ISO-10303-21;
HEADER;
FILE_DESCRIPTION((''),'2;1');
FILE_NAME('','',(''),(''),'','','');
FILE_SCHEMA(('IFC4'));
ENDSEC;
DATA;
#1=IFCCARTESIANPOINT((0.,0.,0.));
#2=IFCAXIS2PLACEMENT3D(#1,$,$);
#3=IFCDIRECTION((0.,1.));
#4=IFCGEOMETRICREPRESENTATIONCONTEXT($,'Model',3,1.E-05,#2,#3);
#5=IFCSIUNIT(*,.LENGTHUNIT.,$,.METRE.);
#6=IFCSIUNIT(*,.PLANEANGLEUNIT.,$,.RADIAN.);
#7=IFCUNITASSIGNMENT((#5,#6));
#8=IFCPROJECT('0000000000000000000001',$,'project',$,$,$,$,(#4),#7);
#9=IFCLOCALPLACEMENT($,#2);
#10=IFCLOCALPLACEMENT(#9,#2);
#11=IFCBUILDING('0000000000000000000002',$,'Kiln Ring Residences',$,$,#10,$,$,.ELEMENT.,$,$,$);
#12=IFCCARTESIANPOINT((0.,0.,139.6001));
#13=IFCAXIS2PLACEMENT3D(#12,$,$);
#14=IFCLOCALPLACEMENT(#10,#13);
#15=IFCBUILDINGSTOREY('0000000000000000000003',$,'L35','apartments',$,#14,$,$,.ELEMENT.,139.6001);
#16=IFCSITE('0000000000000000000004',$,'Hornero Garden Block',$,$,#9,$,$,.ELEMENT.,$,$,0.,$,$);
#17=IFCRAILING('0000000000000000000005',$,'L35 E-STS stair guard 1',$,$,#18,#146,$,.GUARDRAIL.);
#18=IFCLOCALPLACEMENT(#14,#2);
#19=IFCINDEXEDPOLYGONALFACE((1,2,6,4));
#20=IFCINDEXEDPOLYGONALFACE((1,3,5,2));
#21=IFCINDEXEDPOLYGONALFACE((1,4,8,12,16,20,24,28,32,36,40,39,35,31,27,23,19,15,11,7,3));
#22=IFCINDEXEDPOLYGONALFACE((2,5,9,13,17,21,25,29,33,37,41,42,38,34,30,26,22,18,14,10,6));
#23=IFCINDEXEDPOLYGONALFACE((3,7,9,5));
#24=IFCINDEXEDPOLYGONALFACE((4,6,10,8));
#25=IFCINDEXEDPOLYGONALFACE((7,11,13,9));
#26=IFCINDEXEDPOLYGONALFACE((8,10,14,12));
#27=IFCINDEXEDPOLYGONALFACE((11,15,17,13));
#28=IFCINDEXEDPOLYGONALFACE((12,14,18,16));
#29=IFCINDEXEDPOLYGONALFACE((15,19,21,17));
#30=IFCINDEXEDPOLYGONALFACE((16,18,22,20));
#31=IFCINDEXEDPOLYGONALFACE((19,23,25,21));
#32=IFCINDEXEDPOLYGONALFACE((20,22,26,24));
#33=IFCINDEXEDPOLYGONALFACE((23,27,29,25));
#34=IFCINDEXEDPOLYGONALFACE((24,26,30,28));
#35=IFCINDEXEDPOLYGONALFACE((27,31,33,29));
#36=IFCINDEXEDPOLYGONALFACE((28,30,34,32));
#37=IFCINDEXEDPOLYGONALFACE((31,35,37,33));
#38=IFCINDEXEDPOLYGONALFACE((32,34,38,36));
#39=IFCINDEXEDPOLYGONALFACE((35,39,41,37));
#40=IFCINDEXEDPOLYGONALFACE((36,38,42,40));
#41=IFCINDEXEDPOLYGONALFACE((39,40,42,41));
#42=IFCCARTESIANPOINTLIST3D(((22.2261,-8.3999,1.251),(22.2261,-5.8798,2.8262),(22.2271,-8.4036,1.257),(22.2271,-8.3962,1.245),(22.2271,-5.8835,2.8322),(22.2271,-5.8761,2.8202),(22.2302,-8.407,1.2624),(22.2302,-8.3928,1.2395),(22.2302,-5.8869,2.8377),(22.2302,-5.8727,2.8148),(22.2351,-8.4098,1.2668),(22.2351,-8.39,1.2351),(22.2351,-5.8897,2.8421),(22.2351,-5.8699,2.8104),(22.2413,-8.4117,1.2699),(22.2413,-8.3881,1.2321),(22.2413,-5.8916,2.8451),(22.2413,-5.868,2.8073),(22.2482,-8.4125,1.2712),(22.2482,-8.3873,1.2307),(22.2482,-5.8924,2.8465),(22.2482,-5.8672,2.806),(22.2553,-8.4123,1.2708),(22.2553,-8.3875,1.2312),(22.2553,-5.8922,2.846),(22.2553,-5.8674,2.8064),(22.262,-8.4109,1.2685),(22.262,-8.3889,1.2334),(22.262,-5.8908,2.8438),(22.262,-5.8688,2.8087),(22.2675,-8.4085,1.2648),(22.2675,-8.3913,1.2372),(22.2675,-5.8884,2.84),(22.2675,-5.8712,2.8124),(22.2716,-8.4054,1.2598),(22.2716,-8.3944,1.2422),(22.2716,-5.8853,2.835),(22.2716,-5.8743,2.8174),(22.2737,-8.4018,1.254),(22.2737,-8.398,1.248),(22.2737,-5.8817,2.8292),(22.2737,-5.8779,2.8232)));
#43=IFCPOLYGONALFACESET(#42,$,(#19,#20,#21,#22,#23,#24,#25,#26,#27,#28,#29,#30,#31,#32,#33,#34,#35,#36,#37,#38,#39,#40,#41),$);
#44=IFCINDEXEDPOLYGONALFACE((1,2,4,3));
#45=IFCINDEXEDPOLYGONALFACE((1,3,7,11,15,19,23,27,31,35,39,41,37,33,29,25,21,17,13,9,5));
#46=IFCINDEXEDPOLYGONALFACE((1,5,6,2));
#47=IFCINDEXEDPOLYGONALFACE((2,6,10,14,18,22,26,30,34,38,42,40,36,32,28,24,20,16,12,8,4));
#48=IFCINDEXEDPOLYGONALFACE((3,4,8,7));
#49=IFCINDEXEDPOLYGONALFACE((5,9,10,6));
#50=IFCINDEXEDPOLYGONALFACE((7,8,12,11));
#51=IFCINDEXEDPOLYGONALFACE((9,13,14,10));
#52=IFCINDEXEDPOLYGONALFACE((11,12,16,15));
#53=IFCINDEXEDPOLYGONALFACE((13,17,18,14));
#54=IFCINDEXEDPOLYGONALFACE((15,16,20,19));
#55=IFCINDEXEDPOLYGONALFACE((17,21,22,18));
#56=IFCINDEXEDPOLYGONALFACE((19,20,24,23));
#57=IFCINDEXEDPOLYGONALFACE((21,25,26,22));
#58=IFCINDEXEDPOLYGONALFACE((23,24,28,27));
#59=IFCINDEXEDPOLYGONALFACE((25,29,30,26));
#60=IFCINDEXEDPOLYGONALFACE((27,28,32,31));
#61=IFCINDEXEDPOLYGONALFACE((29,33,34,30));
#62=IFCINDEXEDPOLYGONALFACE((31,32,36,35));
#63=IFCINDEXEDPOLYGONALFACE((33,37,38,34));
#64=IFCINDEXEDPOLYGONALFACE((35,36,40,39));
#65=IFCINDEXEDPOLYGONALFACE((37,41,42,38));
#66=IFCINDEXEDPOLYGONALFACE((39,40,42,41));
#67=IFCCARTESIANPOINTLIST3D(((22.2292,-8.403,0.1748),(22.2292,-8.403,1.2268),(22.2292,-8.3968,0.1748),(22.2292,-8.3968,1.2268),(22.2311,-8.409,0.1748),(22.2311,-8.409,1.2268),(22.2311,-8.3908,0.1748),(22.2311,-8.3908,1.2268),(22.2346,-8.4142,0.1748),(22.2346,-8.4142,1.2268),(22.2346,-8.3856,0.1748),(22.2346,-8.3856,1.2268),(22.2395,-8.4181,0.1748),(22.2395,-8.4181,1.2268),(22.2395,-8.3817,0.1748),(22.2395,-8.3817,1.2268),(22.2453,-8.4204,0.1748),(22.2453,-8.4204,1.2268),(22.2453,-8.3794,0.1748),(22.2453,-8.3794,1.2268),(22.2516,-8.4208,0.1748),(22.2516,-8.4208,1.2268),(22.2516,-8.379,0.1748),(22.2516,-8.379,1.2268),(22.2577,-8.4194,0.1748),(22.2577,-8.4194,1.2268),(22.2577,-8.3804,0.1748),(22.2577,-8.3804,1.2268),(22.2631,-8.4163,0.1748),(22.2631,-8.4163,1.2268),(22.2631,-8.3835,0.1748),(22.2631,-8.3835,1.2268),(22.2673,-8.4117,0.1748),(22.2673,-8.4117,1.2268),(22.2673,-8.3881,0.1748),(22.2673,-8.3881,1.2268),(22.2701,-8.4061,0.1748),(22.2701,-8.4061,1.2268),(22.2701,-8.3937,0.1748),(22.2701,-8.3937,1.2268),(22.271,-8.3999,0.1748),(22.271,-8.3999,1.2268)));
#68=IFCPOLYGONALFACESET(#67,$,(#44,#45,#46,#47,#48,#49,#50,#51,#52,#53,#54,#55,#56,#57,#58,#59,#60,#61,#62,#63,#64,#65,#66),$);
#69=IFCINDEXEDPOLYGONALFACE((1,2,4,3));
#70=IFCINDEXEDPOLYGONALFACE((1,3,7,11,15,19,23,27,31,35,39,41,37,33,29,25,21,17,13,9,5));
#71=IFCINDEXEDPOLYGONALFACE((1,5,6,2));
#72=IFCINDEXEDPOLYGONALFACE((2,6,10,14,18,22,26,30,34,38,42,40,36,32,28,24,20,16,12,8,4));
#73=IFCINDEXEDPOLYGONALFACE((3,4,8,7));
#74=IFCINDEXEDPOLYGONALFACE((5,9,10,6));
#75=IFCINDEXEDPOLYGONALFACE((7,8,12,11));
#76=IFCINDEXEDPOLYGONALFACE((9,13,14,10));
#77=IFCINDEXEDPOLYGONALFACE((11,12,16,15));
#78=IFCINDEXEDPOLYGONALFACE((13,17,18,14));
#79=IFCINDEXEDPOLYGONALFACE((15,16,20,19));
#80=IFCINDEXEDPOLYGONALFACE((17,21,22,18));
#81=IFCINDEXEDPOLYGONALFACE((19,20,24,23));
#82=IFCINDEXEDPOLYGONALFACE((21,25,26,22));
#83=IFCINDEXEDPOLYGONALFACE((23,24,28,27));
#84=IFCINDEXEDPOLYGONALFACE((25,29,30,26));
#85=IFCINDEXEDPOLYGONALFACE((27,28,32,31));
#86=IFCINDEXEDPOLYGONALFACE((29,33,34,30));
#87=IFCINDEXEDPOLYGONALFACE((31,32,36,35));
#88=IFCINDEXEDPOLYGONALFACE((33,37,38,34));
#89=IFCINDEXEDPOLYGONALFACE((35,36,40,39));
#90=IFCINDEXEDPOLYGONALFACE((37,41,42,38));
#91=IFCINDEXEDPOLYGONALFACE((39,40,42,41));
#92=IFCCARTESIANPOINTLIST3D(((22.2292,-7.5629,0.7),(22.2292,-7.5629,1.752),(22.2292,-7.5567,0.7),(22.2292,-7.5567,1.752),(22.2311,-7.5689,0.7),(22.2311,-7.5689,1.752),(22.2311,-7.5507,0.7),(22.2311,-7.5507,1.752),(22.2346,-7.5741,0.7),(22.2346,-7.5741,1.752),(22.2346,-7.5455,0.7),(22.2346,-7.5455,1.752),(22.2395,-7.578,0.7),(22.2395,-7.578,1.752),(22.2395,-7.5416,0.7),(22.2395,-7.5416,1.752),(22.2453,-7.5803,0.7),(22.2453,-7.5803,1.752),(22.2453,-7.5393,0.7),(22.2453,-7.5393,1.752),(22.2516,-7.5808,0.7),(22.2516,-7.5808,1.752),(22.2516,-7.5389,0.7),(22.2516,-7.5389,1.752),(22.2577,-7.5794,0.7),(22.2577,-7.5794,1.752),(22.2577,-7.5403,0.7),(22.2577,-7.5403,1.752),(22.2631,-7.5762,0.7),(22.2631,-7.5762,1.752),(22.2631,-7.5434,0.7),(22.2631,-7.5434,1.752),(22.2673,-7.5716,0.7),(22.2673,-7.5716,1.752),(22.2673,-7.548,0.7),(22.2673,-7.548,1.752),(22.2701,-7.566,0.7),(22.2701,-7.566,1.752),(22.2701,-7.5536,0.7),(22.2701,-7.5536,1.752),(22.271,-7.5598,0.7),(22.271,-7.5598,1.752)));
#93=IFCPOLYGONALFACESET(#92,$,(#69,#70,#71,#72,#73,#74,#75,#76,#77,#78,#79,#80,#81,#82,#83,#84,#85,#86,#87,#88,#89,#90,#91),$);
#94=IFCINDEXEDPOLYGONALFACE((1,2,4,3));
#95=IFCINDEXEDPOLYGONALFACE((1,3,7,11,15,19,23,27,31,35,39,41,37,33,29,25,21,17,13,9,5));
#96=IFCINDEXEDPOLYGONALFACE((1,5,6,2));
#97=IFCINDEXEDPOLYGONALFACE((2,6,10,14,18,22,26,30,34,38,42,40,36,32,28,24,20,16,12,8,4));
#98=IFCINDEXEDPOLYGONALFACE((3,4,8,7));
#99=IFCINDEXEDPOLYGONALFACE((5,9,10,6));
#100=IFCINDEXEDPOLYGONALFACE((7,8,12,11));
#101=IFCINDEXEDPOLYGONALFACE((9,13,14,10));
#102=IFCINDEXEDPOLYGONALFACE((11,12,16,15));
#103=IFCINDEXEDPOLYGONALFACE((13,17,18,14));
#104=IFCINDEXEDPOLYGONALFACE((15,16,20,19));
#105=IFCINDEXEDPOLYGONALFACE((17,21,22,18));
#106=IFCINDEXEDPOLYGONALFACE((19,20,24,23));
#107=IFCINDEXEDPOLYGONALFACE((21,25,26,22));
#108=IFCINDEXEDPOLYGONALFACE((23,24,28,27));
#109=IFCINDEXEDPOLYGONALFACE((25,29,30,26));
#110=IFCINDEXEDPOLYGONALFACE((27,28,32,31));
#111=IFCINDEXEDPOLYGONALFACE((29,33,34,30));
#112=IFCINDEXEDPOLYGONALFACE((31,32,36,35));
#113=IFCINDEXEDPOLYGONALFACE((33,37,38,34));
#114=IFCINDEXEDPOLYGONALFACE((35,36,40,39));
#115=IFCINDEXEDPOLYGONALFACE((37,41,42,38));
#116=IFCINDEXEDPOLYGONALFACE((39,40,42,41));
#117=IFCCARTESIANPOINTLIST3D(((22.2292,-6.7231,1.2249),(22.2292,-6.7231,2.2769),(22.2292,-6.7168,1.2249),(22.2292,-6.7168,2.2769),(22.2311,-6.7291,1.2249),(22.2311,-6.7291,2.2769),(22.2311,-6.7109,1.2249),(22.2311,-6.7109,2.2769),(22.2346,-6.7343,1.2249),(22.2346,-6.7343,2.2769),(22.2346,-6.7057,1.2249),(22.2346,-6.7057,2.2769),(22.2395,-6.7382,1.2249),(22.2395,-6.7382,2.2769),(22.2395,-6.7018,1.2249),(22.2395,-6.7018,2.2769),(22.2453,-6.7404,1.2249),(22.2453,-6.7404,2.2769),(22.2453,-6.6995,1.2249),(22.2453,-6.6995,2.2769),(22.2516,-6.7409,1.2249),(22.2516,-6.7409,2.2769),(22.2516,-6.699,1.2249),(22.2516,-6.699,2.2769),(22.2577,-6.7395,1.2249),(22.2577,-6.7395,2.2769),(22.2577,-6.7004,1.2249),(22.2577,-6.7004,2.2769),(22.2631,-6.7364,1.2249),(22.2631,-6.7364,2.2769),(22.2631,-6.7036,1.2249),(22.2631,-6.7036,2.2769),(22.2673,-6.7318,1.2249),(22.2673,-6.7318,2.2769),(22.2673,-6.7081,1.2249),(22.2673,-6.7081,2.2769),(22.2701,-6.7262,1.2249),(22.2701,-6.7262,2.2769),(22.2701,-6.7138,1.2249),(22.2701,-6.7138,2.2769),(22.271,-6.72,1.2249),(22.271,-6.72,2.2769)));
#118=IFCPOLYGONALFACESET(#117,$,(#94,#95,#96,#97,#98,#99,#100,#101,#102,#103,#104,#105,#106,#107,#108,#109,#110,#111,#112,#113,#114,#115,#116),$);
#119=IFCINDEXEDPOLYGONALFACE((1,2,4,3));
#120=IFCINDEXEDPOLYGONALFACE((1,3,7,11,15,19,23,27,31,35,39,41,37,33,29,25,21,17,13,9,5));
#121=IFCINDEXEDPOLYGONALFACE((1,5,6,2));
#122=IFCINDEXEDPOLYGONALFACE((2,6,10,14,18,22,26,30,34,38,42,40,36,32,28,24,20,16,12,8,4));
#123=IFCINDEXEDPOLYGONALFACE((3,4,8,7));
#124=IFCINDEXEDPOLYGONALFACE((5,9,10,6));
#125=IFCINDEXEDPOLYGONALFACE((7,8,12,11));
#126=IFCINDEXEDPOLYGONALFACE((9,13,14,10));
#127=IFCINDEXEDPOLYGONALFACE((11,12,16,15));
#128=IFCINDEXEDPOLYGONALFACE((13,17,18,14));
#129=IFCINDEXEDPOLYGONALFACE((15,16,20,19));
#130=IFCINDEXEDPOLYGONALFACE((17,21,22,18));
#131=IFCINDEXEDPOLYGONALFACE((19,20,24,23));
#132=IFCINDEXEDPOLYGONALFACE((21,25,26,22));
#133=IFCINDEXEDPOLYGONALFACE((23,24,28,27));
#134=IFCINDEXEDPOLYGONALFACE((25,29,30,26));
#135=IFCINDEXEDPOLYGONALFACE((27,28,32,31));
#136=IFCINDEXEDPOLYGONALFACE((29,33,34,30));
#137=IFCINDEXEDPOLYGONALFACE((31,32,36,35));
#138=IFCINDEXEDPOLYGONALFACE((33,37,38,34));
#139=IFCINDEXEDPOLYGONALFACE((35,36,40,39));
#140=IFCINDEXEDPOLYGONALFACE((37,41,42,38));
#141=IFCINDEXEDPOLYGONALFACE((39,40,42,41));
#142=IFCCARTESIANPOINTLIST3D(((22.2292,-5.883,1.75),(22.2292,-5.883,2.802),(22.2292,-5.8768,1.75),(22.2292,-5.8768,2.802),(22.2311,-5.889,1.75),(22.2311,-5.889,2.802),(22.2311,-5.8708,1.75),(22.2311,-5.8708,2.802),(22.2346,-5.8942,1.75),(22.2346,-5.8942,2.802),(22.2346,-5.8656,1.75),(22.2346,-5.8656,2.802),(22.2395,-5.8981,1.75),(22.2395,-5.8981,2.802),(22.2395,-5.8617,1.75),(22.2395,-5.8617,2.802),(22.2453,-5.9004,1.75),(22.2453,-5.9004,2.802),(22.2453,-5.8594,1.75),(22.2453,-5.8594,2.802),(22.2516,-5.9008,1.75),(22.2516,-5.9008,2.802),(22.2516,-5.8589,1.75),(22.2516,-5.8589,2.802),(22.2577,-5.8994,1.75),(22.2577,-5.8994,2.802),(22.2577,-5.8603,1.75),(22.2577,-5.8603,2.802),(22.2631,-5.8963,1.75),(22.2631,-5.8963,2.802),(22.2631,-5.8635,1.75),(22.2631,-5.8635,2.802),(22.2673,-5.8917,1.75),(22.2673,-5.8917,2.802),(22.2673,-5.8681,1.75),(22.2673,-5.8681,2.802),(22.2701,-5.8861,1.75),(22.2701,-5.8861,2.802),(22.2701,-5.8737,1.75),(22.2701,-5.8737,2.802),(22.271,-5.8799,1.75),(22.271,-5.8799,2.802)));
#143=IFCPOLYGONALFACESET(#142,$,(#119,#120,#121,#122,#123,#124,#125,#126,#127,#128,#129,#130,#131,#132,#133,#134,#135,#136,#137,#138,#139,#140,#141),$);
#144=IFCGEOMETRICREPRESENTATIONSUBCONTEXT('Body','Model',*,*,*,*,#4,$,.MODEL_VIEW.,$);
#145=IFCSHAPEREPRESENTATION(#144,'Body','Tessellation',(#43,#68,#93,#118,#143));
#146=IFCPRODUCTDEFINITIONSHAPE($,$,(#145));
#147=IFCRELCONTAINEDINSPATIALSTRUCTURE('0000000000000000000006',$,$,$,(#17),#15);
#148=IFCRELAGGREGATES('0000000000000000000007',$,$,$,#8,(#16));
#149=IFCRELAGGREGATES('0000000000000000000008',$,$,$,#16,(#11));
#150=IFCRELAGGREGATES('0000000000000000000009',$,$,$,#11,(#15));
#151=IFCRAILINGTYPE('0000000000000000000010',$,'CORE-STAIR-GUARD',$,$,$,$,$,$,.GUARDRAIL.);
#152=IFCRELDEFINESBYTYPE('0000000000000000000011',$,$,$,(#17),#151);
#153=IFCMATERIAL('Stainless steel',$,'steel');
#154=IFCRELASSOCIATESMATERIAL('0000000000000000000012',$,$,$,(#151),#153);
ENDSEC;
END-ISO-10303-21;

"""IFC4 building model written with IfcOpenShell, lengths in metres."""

from ifc_helpers import new_model, si_unit, direction, frame, origin, origin_2d, place, context, subcontext, project, spatial, circle, extrude, material, type_object, element, save


model = new_model("IFC4")

# Units and contexts
model_context = context("Model", 3, precision=1e-05, world=origin(), true_north=direction((0.0, 1.0)))
body_context = subcontext(model_context, "Body", "Model", "MODEL_VIEW")
ifc_project = project(units=[si_unit("LENGTHUNIT", "METRE"), si_unit("PLANEANGLEUNIT", "RADIAN")], contexts=[model_context])

# Site, building, storey
site_placement = place(None, origin())
site = spatial("IfcSite", under=ifc_project, at=site_placement, Name="Hornero Garden Block", CompositionType="ELEMENT", RefElevation=0.0)
building_placement = place(site_placement, origin())
building = spatial("IfcBuilding", under=site, at=building_placement, Name="Kiln Ring Residences", CompositionType="ELEMENT")
storey_placement = place(building_placement, frame((0.0, 0.0, 139.6001)))
storey = spatial("IfcBuildingStorey", under=building, at=storey_placement, Name="L35", Description="apartments", CompositionType="ELEMENT", Elevation=139.6001)

# Railing
ifc_material_1 = material(Name="Stainless steel", Category="steel")
railing_type_1 = type_object("IfcRailingType", Name="CORE-STAIR-GUARD", PredefinedType="GUARDRAIL", material=ifc_material_1)
railing_1_placement = place(storey_placement, frame((22.25, -8.3999, 0.1748)))
element("IfcRailing", 1, at=railing_1_placement, inside=storey, type_object=railing_type_1, Name="L35 E-STS stair guard 1", PredefinedType="GUARDRAIL", context=body_context, shape_type="SweptSolid", body=[
    extrude(circle(Radius=0.0239, at=origin_2d()), frame((0.0, 0.0, 1.0762), z_axis=(0.0, 0.847971, 0.530043), x_axis=(-1.0, 0.0, 0.0)), (0.0, 0.0, 1.0), 2.9719),
    extrude(circle(Radius=0.021, at=origin_2d()), origin(), (0.0, 0.0, 1.0), 1.052),
    extrude(circle(Radius=0.021, at=origin_2d()), frame((0.0, 0.8401, 0.5251)), (0.0, 0.0, 1.0), 1.052),
    extrude(circle(Radius=0.021, at=origin_2d()), frame((0.0, 1.6799, 1.05)), (0.0, 0.0, 1.0), 1.052),
    extrude(circle(Radius=0.021, at=origin_2d()), frame((0.0, 2.52, 1.5752)), (0.0, 0.0, 1.0), 1.052),
])

save(model, "model.ifc")
